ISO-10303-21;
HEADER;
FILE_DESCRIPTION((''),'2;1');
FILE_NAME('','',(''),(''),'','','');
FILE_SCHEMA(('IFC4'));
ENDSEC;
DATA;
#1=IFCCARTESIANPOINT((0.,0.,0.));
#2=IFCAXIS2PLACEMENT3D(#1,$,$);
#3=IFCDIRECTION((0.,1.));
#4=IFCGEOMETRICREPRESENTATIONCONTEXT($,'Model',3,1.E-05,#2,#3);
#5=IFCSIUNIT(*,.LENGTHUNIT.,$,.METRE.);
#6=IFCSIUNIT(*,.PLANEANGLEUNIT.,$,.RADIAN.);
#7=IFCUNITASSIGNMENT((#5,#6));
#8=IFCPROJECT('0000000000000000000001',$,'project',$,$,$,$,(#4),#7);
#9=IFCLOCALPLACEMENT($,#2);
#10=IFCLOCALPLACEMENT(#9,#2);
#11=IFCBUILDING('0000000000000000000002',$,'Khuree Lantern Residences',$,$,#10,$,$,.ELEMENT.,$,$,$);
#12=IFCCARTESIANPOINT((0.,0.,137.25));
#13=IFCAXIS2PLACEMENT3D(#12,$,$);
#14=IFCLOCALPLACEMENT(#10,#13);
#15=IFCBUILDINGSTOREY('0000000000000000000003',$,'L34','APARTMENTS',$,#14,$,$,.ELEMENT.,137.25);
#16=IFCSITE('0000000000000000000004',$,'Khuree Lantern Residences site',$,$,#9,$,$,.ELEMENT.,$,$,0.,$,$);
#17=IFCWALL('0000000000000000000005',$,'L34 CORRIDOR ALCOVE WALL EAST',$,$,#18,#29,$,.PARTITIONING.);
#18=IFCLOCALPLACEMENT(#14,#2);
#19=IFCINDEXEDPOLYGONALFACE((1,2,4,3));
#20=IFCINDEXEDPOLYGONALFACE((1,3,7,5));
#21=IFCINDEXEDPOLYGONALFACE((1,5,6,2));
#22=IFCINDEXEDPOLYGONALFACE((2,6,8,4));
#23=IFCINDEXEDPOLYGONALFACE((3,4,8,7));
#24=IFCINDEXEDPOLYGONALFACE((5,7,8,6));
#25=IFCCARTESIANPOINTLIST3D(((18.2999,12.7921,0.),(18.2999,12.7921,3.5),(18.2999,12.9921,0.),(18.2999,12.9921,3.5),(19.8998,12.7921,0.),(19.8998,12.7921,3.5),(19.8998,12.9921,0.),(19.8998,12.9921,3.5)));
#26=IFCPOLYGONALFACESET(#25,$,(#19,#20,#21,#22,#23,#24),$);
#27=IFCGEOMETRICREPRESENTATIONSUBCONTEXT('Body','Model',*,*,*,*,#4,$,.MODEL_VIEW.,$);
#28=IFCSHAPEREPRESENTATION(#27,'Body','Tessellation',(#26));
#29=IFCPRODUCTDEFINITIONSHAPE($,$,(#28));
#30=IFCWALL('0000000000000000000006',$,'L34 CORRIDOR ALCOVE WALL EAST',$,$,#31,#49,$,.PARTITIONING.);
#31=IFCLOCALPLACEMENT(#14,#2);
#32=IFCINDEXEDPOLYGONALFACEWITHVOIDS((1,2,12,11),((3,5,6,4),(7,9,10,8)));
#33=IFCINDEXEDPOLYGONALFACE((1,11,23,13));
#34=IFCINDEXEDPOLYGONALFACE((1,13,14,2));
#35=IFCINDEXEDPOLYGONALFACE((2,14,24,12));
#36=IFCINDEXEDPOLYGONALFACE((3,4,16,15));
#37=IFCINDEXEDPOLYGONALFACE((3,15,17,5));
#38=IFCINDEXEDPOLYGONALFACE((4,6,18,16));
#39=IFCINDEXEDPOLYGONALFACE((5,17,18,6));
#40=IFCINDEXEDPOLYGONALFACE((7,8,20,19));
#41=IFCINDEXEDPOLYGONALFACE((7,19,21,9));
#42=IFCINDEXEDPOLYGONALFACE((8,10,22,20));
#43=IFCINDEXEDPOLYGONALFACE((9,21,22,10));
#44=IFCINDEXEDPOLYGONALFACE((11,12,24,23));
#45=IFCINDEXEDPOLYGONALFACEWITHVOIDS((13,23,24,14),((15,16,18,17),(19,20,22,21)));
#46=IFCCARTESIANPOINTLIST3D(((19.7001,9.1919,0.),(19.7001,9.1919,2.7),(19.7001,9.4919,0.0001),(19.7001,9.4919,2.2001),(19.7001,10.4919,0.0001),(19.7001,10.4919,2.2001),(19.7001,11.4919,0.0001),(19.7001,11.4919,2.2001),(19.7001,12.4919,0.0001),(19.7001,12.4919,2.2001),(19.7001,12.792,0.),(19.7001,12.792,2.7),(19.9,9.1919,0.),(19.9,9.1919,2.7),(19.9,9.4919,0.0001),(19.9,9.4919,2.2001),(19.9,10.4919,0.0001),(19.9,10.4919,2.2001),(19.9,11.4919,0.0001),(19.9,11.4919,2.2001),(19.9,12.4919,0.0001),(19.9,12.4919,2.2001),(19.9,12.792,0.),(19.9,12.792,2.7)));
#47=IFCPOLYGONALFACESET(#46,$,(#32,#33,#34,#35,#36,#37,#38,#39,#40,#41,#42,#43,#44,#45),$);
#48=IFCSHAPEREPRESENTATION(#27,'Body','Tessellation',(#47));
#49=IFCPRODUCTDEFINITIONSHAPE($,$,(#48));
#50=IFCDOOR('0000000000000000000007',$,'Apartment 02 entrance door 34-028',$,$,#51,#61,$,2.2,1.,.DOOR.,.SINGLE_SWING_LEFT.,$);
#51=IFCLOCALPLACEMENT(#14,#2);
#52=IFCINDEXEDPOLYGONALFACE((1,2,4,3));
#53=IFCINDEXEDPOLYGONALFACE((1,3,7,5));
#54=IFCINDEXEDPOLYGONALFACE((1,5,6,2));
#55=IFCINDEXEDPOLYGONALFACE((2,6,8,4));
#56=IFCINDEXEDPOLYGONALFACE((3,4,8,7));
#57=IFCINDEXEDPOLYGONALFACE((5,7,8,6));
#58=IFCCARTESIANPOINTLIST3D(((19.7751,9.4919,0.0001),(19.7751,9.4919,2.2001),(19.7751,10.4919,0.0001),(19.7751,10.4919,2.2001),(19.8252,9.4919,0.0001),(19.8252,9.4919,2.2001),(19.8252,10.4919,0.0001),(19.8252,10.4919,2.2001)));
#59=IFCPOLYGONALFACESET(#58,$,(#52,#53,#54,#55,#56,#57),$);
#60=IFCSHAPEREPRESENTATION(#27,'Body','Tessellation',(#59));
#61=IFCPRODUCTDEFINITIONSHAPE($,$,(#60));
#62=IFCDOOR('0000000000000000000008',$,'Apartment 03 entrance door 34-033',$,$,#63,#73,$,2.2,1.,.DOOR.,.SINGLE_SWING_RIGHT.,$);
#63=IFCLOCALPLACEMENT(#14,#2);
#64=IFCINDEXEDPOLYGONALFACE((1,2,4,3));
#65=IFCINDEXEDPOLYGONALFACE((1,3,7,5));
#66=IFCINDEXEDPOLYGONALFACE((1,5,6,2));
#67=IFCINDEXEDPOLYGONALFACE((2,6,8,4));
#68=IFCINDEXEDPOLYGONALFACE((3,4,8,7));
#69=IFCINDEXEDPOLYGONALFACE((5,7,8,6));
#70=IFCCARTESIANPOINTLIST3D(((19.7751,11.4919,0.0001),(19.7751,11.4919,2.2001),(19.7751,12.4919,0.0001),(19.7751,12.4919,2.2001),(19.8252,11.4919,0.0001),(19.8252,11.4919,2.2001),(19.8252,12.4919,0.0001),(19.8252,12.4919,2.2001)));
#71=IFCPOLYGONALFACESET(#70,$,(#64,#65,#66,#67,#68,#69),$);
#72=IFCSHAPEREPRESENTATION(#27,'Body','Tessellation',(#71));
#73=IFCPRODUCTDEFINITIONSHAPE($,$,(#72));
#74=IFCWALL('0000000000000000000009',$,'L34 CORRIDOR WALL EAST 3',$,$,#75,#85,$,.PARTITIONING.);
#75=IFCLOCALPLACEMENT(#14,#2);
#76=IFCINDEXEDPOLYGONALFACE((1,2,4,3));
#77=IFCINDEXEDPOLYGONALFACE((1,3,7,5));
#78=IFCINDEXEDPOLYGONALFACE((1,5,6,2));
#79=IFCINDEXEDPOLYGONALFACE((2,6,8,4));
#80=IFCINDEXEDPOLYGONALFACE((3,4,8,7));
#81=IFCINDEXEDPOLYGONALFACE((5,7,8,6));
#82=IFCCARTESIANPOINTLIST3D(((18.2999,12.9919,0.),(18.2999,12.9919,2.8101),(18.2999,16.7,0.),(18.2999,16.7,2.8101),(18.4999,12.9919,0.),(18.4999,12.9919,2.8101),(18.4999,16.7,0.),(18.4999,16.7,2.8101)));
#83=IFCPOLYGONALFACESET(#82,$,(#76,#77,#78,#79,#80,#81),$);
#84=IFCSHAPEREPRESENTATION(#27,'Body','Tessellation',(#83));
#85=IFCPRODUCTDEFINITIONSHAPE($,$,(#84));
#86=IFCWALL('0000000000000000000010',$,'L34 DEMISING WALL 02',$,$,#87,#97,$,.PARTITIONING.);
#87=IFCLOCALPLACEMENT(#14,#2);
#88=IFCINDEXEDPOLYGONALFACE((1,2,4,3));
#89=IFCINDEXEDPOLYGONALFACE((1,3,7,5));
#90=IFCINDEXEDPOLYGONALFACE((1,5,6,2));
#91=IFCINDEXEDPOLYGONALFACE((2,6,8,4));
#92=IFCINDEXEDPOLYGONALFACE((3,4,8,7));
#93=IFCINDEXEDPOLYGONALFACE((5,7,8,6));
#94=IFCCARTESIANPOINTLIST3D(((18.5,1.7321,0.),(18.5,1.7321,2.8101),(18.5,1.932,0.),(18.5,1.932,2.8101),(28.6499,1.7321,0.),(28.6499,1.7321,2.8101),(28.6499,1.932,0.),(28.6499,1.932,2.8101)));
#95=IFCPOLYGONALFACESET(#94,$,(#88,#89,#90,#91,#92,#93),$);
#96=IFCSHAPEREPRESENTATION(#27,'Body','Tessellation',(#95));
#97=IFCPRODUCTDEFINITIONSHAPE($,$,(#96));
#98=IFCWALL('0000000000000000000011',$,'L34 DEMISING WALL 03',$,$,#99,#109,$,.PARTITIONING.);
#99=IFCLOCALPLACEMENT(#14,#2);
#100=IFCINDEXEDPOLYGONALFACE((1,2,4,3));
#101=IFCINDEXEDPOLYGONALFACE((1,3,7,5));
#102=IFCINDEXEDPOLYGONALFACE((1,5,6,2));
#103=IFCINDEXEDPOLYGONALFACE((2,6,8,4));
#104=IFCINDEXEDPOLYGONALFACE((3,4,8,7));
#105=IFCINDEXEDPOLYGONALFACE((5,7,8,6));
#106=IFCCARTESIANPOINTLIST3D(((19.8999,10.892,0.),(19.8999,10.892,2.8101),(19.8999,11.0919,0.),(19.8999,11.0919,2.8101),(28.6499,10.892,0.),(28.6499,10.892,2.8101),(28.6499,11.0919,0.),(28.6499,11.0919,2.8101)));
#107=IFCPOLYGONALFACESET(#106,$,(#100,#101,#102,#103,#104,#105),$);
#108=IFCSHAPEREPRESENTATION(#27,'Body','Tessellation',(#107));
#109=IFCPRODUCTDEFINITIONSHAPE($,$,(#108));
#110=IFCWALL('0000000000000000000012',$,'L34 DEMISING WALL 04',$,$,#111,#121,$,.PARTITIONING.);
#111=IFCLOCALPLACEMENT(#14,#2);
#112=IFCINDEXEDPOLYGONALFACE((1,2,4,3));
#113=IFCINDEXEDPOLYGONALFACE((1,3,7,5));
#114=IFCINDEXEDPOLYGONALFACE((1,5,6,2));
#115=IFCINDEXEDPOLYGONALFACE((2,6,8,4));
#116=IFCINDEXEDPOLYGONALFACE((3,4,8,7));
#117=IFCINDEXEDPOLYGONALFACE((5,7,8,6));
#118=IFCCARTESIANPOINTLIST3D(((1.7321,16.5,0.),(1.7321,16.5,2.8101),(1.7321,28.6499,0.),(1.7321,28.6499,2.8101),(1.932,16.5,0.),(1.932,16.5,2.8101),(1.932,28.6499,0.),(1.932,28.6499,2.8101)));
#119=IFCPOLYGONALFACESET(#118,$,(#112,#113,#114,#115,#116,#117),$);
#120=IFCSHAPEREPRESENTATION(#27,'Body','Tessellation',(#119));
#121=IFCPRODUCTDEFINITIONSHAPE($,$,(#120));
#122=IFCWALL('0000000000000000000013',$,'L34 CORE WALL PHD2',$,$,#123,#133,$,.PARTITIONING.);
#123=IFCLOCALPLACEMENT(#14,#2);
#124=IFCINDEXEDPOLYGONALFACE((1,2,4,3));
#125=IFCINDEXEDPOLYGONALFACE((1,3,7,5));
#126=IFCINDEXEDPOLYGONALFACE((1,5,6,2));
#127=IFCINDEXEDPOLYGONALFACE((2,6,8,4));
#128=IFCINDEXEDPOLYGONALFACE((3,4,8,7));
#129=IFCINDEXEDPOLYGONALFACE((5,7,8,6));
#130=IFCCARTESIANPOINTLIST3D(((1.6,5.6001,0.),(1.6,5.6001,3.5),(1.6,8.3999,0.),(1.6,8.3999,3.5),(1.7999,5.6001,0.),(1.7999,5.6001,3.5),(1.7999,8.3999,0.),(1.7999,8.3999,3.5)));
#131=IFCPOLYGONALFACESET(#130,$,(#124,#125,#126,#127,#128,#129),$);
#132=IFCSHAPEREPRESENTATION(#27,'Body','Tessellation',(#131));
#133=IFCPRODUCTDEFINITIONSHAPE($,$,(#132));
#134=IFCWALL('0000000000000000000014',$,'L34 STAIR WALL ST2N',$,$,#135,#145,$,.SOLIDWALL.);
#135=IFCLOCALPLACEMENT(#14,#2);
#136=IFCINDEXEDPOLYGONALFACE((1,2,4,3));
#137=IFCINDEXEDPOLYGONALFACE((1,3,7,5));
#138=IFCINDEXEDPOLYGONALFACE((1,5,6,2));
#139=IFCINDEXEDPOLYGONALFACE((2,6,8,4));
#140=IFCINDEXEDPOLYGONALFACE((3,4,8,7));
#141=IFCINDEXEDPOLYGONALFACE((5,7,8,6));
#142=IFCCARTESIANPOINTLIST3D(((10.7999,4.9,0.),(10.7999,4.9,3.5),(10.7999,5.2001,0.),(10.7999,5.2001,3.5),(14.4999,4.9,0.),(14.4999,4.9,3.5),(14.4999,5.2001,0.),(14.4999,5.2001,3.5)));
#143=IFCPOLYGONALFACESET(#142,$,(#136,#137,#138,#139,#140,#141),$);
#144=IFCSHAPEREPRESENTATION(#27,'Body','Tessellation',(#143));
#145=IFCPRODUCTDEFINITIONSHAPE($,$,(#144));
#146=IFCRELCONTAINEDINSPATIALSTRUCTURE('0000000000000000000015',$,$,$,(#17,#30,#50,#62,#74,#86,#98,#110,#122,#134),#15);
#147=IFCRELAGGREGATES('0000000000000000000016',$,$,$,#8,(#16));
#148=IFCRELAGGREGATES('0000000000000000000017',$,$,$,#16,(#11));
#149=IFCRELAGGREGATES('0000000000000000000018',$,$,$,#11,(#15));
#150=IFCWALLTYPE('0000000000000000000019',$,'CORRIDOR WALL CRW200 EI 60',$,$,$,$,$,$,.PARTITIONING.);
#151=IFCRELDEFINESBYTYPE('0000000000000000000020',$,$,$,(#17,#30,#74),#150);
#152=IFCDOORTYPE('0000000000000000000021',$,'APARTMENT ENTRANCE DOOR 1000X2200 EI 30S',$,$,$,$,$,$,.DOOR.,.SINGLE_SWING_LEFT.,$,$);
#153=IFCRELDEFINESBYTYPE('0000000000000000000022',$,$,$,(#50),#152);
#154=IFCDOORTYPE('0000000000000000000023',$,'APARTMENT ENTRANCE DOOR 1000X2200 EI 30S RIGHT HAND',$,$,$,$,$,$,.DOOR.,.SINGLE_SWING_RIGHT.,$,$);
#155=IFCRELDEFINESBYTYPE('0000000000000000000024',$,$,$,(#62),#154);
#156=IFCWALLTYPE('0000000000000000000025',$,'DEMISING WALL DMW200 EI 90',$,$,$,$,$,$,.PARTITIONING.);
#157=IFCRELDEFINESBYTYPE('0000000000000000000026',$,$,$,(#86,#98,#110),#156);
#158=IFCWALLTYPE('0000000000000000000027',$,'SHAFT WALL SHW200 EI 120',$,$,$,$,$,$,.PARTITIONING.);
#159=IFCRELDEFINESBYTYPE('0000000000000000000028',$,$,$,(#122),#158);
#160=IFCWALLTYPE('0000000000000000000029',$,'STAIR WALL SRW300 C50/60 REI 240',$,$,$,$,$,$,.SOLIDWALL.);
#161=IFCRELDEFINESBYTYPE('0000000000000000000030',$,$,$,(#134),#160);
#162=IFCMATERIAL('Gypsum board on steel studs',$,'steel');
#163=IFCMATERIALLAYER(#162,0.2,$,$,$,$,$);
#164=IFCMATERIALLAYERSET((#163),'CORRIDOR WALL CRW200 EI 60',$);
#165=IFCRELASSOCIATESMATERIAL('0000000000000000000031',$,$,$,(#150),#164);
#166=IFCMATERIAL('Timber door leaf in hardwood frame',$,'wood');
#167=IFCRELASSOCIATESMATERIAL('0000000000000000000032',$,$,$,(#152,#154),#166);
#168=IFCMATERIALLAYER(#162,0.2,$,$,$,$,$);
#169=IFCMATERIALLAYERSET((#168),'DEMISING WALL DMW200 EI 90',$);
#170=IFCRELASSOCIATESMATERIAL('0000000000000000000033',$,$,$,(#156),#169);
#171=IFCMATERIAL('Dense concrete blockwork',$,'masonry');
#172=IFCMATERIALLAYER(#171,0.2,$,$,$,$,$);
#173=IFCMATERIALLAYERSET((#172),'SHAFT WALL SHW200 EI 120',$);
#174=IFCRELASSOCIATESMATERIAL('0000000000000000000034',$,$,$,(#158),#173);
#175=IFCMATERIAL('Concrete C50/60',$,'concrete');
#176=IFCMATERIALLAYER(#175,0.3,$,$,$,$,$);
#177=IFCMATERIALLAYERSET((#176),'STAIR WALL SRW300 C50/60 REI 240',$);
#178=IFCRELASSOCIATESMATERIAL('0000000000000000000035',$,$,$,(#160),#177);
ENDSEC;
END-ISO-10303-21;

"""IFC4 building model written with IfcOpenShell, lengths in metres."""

from ifc_helpers import new_model, si_unit, direction, frame, frame_2d, origin, place, context, subcontext, project, spatial, rectangle, extrude, material, layer, layer_set, type_object, element, fill, save


model = new_model("IFC4")

# Units and contexts
model_context = context("Model", 3, precision=1e-05, world=origin(), true_north=direction((0.0, 1.0)))
body_context = subcontext(model_context, "Body", "Model", "MODEL_VIEW")
ifc_project = project(units=[si_unit("LENGTHUNIT", "METRE"), si_unit("PLANEANGLEUNIT", "RADIAN")], contexts=[model_context])

# Site, building, storey
site_placement = place(None, origin())
site = spatial("IfcSite", under=ifc_project, at=site_placement, Name="Khuree Lantern Residences site", CompositionType="ELEMENT", RefElevation=0.0)
building_placement = place(site_placement, origin())
building = spatial("IfcBuilding", under=site, at=building_placement, Name="Khuree Lantern Residences", CompositionType="ELEMENT")
storey_placement = place(building_placement, frame((0.0, 0.0, 137.25)))
storey = spatial("IfcBuildingStorey", under=building, at=storey_placement, Name="L34", Description="APARTMENTS", CompositionType="ELEMENT", Elevation=137.25)

# Shared definitions
ifc_material_1 = material(Name="Dense concrete blockwork", Category="masonry")

# Shared definitions
ifc_material_2 = material(Name="Timber door leaf in hardwood frame", Category="wood")

# Wall
ifc_material_3 = material(Name="Gypsum board on steel studs", Category="steel")
ifc_layer_1 = layer(ifc_material_3, 0.2)
ifc_layer_set_1 = layer_set([ifc_layer_1], Name="CORRIDOR WALL CRW200 EI 60")
wall_type_1 = type_object("IfcWallType", Name="CORRIDOR WALL CRW200 EI 60", PredefinedType="PARTITIONING", material=ifc_layer_set_1)
wall_1_placement = place(storey_placement, frame((18.3, 12.8921, 0.0), z_axis=(0.0, 0.0, 1.0), x_axis=(1.0, 0.0, 0.0)))
element("IfcWall", 1, at=wall_1_placement, inside=storey, type_object=wall_type_1, Name="L34 CORRIDOR ALCOVE WALL EAST", PredefinedType="PARTITIONING", context=body_context, shape_type="SweptSolid", body=[
    extrude(rectangle(XDim=1.5999, YDim=0.2, at=frame_2d((0.7998, 0.0))), origin(), (0.0, 0.0, 1.0), 3.5),
])

# Wall, openings, doors
wall_2_placement = place(storey_placement, frame((19.8, 9.1919, 0.0), z_axis=(0.0, 0.0, 1.0), x_axis=(0.0, 1.0, 0.0)))
wall_2 = element("IfcWall", 2, at=wall_2_placement, inside=storey, type_object=wall_type_1, Name="L34 CORRIDOR ALCOVE WALL EAST", PredefinedType="PARTITIONING", context=body_context, shape_type="SweptSolid", body=[
    extrude(rectangle(XDim=3.6001, YDim=0.2, at=frame_2d((1.8, 0.0))), origin(), (0.0, 0.0, 1.0), 2.7),
])
opening_1_placement = place(wall_2_placement, frame((0.3, 0.0, 0.0)))
opening_1 = element("IfcOpeningElement", 3, at=opening_1_placement, cuts=wall_2, PredefinedType="OPENING", context=body_context, shape_type="SweptSolid", body=[
    extrude(rectangle(XDim=1.0, YDim=2.2, at=frame_2d((0.5, 1.1001))), frame((0.0, 0.1099, 0.0), z_axis=(0.0, -1.0, 0.0), x_axis=(1.0, 0.0, 0.0)), (0.0, 0.0, 1.0), 0.22),
])
opening_2_placement = place(wall_2_placement, frame((2.3, 0.0, 0.0)))
opening_2 = element("IfcOpeningElement", 4, at=opening_2_placement, cuts=wall_2, PredefinedType="OPENING", context=body_context, shape_type="SweptSolid", body=[
    extrude(rectangle(XDim=1.0, YDim=2.2, at=frame_2d((0.5, 1.1001))), frame((0.0, 0.1099, 0.0), z_axis=(0.0, -1.0, 0.0), x_axis=(1.0, 0.0, 0.0)), (0.0, 0.0, 1.0), 0.22),
])
door_type_1 = type_object("IfcDoorType", Name="APARTMENT ENTRANCE DOOR 1000X2200 EI 30S", OperationType="SINGLE_SWING_LEFT", PredefinedType="DOOR", material=ifc_material_2)
door_1_placement = place(opening_1_placement, origin())
door_1 = element("IfcDoor", 5, at=door_1_placement, inside=storey, type_object=door_type_1, Name="Apartment 02 entrance door 34-028", OperationType="SINGLE_SWING_LEFT", OverallHeight=2.2, OverallWidth=1.0, PredefinedType="DOOR", context=body_context, shape_type="SweptSolid", body=[
    extrude(rectangle(XDim=1.0, YDim=2.2, at=frame_2d((0.5, 1.1001))), frame((0.0, 0.0249, 0.0), z_axis=(0.0, -1.0, 0.0), x_axis=(1.0, 0.0, 0.0)), (0.0, 0.0, 1.0), 0.05),
])
fill(opening_1, door_1)
door_type_2 = type_object("IfcDoorType", Name="APARTMENT ENTRANCE DOOR 1000X2200 EI 30S RIGHT HAND", OperationType="SINGLE_SWING_RIGHT", PredefinedType="DOOR", material=ifc_material_2)
door_2_placement = place(opening_2_placement, origin())
door_2 = element("IfcDoor", 6, at=door_2_placement, inside=storey, type_object=door_type_2, Name="Apartment 03 entrance door 34-033", OperationType="SINGLE_SWING_RIGHT", OverallHeight=2.2, OverallWidth=1.0, PredefinedType="DOOR", context=body_context, shape_type="SweptSolid", body=[
    extrude(rectangle(XDim=1.0, YDim=2.2, at=frame_2d((0.5, 1.1001))), frame((0.0, 0.0249, 0.0), z_axis=(0.0, -1.0, 0.0), x_axis=(1.0, 0.0, 0.0)), (0.0, 0.0, 1.0), 0.05),
])
fill(opening_2, door_2)

# Walls
wall_3_placement = place(storey_placement, frame((18.3999, 12.9919, 0.0), z_axis=(0.0, 0.0, 1.0), x_axis=(0.0, 1.0, 0.0)))
element("IfcWall", 7, at=wall_3_placement, inside=storey, type_object=wall_type_1, Name="L34 CORRIDOR WALL EAST 3", PredefinedType="PARTITIONING", context=body_context, shape_type="SweptSolid", body=[
    extrude(rectangle(XDim=3.708, YDim=0.2, at=frame_2d((1.854, 0.0))), origin(), (0.0, 0.0, 1.0), 2.8101),
])
ifc_layer_2 = layer(ifc_material_3, 0.2)
ifc_layer_set_2 = layer_set([ifc_layer_2], Name="DEMISING WALL DMW200 EI 90")
wall_type_2 = type_object("IfcWallType", Name="DEMISING WALL DMW200 EI 90", PredefinedType="PARTITIONING", material=ifc_layer_set_2)
wall_4_placement = place(storey_placement, frame((18.5, 1.832, 0.0), z_axis=(0.0, 0.0, 1.0), x_axis=(1.0, 0.0, 0.0)))
element("IfcWall", 8, at=wall_4_placement, inside=storey, type_object=wall_type_2, Name="L34 DEMISING WALL 02", PredefinedType="PARTITIONING", context=body_context, shape_type="SweptSolid", body=[
    extrude(rectangle(XDim=10.1499, YDim=0.2, at=frame_2d((5.075, 0.0))), origin(), (0.0, 0.0, 1.0), 2.8101),
])
wall_5_placement = place(storey_placement, frame((19.8999, 10.9919, 0.0), z_axis=(0.0, 0.0, 1.0), x_axis=(1.0, 0.0, 0.0)))
element("IfcWall", 9, at=wall_5_placement, inside=storey, type_object=wall_type_2, Name="L34 DEMISING WALL 03", PredefinedType="PARTITIONING", context=body_context, shape_type="SweptSolid", body=[
    extrude(rectangle(XDim=8.75, YDim=0.2, at=frame_2d((4.375, 0.0))), origin(), (0.0, 0.0, 1.0), 2.8101),
])
wall_6_placement = place(storey_placement, frame((1.832, 16.5, 0.0), z_axis=(0.0, 0.0, 1.0), x_axis=(0.0, 1.0, 0.0)))
element("IfcWall", 10, at=wall_6_placement, inside=storey, type_object=wall_type_2, Name="L34 DEMISING WALL 04", PredefinedType="PARTITIONING", context=body_context, shape_type="SweptSolid", body=[
    extrude(rectangle(XDim=12.1499, YDim=0.2, at=frame_2d((6.075, 0.0))), origin(), (0.0, 0.0, 1.0), 2.8101),
])
ifc_layer_3 = layer(ifc_material_1, 0.2)
ifc_layer_set_3 = layer_set([ifc_layer_3], Name="SHAFT WALL SHW200 EI 120")
wall_type_3 = type_object("IfcWallType", Name="SHAFT WALL SHW200 EI 120", PredefinedType="PARTITIONING", material=ifc_layer_set_3)
wall_7_placement = place(storey_placement, frame((1.7, 5.6001, 0.0), z_axis=(0.0, 0.0, 1.0), x_axis=(0.0, 1.0, 0.0)))
element("IfcWall", 11, at=wall_7_placement, inside=storey, type_object=wall_type_3, Name="L34 CORE WALL PHD2", PredefinedType="PARTITIONING", context=body_context, shape_type="SweptSolid", body=[
    extrude(rectangle(XDim=2.7998, YDim=0.2, at=frame_2d((1.3999, 0.0))), origin(), (0.0, 0.0, 1.0), 3.5),
])
ifc_material_4 = material(Name="Concrete C50/60", Category="concrete")
ifc_layer_4 = layer(ifc_material_4, 0.3)
ifc_layer_set_4 = layer_set([ifc_layer_4], Name="STAIR WALL SRW300 C50/60 REI 240")
wall_type_4 = type_object("IfcWallType", Name="STAIR WALL SRW300 C50/60 REI 240", PredefinedType="SOLIDWALL", material=ifc_layer_set_4)
wall_8_placement = place(storey_placement, frame((14.5, 5.05, 0.0), z_axis=(0.0, 0.0, 1.0), x_axis=(-1.0, 0.0, 0.0)))
element("IfcWall", 12, at=wall_8_placement, inside=storey, type_object=wall_type_4, Name="L34 STAIR WALL ST2N", PredefinedType="SOLIDWALL", context=body_context, shape_type="SweptSolid", body=[
    extrude(rectangle(XDim=3.7, YDim=0.3, at=frame_2d((1.8501, 0.0))), origin(), (0.0, 0.0, 1.0), 3.5),
])

save(model, "model.ifc")
